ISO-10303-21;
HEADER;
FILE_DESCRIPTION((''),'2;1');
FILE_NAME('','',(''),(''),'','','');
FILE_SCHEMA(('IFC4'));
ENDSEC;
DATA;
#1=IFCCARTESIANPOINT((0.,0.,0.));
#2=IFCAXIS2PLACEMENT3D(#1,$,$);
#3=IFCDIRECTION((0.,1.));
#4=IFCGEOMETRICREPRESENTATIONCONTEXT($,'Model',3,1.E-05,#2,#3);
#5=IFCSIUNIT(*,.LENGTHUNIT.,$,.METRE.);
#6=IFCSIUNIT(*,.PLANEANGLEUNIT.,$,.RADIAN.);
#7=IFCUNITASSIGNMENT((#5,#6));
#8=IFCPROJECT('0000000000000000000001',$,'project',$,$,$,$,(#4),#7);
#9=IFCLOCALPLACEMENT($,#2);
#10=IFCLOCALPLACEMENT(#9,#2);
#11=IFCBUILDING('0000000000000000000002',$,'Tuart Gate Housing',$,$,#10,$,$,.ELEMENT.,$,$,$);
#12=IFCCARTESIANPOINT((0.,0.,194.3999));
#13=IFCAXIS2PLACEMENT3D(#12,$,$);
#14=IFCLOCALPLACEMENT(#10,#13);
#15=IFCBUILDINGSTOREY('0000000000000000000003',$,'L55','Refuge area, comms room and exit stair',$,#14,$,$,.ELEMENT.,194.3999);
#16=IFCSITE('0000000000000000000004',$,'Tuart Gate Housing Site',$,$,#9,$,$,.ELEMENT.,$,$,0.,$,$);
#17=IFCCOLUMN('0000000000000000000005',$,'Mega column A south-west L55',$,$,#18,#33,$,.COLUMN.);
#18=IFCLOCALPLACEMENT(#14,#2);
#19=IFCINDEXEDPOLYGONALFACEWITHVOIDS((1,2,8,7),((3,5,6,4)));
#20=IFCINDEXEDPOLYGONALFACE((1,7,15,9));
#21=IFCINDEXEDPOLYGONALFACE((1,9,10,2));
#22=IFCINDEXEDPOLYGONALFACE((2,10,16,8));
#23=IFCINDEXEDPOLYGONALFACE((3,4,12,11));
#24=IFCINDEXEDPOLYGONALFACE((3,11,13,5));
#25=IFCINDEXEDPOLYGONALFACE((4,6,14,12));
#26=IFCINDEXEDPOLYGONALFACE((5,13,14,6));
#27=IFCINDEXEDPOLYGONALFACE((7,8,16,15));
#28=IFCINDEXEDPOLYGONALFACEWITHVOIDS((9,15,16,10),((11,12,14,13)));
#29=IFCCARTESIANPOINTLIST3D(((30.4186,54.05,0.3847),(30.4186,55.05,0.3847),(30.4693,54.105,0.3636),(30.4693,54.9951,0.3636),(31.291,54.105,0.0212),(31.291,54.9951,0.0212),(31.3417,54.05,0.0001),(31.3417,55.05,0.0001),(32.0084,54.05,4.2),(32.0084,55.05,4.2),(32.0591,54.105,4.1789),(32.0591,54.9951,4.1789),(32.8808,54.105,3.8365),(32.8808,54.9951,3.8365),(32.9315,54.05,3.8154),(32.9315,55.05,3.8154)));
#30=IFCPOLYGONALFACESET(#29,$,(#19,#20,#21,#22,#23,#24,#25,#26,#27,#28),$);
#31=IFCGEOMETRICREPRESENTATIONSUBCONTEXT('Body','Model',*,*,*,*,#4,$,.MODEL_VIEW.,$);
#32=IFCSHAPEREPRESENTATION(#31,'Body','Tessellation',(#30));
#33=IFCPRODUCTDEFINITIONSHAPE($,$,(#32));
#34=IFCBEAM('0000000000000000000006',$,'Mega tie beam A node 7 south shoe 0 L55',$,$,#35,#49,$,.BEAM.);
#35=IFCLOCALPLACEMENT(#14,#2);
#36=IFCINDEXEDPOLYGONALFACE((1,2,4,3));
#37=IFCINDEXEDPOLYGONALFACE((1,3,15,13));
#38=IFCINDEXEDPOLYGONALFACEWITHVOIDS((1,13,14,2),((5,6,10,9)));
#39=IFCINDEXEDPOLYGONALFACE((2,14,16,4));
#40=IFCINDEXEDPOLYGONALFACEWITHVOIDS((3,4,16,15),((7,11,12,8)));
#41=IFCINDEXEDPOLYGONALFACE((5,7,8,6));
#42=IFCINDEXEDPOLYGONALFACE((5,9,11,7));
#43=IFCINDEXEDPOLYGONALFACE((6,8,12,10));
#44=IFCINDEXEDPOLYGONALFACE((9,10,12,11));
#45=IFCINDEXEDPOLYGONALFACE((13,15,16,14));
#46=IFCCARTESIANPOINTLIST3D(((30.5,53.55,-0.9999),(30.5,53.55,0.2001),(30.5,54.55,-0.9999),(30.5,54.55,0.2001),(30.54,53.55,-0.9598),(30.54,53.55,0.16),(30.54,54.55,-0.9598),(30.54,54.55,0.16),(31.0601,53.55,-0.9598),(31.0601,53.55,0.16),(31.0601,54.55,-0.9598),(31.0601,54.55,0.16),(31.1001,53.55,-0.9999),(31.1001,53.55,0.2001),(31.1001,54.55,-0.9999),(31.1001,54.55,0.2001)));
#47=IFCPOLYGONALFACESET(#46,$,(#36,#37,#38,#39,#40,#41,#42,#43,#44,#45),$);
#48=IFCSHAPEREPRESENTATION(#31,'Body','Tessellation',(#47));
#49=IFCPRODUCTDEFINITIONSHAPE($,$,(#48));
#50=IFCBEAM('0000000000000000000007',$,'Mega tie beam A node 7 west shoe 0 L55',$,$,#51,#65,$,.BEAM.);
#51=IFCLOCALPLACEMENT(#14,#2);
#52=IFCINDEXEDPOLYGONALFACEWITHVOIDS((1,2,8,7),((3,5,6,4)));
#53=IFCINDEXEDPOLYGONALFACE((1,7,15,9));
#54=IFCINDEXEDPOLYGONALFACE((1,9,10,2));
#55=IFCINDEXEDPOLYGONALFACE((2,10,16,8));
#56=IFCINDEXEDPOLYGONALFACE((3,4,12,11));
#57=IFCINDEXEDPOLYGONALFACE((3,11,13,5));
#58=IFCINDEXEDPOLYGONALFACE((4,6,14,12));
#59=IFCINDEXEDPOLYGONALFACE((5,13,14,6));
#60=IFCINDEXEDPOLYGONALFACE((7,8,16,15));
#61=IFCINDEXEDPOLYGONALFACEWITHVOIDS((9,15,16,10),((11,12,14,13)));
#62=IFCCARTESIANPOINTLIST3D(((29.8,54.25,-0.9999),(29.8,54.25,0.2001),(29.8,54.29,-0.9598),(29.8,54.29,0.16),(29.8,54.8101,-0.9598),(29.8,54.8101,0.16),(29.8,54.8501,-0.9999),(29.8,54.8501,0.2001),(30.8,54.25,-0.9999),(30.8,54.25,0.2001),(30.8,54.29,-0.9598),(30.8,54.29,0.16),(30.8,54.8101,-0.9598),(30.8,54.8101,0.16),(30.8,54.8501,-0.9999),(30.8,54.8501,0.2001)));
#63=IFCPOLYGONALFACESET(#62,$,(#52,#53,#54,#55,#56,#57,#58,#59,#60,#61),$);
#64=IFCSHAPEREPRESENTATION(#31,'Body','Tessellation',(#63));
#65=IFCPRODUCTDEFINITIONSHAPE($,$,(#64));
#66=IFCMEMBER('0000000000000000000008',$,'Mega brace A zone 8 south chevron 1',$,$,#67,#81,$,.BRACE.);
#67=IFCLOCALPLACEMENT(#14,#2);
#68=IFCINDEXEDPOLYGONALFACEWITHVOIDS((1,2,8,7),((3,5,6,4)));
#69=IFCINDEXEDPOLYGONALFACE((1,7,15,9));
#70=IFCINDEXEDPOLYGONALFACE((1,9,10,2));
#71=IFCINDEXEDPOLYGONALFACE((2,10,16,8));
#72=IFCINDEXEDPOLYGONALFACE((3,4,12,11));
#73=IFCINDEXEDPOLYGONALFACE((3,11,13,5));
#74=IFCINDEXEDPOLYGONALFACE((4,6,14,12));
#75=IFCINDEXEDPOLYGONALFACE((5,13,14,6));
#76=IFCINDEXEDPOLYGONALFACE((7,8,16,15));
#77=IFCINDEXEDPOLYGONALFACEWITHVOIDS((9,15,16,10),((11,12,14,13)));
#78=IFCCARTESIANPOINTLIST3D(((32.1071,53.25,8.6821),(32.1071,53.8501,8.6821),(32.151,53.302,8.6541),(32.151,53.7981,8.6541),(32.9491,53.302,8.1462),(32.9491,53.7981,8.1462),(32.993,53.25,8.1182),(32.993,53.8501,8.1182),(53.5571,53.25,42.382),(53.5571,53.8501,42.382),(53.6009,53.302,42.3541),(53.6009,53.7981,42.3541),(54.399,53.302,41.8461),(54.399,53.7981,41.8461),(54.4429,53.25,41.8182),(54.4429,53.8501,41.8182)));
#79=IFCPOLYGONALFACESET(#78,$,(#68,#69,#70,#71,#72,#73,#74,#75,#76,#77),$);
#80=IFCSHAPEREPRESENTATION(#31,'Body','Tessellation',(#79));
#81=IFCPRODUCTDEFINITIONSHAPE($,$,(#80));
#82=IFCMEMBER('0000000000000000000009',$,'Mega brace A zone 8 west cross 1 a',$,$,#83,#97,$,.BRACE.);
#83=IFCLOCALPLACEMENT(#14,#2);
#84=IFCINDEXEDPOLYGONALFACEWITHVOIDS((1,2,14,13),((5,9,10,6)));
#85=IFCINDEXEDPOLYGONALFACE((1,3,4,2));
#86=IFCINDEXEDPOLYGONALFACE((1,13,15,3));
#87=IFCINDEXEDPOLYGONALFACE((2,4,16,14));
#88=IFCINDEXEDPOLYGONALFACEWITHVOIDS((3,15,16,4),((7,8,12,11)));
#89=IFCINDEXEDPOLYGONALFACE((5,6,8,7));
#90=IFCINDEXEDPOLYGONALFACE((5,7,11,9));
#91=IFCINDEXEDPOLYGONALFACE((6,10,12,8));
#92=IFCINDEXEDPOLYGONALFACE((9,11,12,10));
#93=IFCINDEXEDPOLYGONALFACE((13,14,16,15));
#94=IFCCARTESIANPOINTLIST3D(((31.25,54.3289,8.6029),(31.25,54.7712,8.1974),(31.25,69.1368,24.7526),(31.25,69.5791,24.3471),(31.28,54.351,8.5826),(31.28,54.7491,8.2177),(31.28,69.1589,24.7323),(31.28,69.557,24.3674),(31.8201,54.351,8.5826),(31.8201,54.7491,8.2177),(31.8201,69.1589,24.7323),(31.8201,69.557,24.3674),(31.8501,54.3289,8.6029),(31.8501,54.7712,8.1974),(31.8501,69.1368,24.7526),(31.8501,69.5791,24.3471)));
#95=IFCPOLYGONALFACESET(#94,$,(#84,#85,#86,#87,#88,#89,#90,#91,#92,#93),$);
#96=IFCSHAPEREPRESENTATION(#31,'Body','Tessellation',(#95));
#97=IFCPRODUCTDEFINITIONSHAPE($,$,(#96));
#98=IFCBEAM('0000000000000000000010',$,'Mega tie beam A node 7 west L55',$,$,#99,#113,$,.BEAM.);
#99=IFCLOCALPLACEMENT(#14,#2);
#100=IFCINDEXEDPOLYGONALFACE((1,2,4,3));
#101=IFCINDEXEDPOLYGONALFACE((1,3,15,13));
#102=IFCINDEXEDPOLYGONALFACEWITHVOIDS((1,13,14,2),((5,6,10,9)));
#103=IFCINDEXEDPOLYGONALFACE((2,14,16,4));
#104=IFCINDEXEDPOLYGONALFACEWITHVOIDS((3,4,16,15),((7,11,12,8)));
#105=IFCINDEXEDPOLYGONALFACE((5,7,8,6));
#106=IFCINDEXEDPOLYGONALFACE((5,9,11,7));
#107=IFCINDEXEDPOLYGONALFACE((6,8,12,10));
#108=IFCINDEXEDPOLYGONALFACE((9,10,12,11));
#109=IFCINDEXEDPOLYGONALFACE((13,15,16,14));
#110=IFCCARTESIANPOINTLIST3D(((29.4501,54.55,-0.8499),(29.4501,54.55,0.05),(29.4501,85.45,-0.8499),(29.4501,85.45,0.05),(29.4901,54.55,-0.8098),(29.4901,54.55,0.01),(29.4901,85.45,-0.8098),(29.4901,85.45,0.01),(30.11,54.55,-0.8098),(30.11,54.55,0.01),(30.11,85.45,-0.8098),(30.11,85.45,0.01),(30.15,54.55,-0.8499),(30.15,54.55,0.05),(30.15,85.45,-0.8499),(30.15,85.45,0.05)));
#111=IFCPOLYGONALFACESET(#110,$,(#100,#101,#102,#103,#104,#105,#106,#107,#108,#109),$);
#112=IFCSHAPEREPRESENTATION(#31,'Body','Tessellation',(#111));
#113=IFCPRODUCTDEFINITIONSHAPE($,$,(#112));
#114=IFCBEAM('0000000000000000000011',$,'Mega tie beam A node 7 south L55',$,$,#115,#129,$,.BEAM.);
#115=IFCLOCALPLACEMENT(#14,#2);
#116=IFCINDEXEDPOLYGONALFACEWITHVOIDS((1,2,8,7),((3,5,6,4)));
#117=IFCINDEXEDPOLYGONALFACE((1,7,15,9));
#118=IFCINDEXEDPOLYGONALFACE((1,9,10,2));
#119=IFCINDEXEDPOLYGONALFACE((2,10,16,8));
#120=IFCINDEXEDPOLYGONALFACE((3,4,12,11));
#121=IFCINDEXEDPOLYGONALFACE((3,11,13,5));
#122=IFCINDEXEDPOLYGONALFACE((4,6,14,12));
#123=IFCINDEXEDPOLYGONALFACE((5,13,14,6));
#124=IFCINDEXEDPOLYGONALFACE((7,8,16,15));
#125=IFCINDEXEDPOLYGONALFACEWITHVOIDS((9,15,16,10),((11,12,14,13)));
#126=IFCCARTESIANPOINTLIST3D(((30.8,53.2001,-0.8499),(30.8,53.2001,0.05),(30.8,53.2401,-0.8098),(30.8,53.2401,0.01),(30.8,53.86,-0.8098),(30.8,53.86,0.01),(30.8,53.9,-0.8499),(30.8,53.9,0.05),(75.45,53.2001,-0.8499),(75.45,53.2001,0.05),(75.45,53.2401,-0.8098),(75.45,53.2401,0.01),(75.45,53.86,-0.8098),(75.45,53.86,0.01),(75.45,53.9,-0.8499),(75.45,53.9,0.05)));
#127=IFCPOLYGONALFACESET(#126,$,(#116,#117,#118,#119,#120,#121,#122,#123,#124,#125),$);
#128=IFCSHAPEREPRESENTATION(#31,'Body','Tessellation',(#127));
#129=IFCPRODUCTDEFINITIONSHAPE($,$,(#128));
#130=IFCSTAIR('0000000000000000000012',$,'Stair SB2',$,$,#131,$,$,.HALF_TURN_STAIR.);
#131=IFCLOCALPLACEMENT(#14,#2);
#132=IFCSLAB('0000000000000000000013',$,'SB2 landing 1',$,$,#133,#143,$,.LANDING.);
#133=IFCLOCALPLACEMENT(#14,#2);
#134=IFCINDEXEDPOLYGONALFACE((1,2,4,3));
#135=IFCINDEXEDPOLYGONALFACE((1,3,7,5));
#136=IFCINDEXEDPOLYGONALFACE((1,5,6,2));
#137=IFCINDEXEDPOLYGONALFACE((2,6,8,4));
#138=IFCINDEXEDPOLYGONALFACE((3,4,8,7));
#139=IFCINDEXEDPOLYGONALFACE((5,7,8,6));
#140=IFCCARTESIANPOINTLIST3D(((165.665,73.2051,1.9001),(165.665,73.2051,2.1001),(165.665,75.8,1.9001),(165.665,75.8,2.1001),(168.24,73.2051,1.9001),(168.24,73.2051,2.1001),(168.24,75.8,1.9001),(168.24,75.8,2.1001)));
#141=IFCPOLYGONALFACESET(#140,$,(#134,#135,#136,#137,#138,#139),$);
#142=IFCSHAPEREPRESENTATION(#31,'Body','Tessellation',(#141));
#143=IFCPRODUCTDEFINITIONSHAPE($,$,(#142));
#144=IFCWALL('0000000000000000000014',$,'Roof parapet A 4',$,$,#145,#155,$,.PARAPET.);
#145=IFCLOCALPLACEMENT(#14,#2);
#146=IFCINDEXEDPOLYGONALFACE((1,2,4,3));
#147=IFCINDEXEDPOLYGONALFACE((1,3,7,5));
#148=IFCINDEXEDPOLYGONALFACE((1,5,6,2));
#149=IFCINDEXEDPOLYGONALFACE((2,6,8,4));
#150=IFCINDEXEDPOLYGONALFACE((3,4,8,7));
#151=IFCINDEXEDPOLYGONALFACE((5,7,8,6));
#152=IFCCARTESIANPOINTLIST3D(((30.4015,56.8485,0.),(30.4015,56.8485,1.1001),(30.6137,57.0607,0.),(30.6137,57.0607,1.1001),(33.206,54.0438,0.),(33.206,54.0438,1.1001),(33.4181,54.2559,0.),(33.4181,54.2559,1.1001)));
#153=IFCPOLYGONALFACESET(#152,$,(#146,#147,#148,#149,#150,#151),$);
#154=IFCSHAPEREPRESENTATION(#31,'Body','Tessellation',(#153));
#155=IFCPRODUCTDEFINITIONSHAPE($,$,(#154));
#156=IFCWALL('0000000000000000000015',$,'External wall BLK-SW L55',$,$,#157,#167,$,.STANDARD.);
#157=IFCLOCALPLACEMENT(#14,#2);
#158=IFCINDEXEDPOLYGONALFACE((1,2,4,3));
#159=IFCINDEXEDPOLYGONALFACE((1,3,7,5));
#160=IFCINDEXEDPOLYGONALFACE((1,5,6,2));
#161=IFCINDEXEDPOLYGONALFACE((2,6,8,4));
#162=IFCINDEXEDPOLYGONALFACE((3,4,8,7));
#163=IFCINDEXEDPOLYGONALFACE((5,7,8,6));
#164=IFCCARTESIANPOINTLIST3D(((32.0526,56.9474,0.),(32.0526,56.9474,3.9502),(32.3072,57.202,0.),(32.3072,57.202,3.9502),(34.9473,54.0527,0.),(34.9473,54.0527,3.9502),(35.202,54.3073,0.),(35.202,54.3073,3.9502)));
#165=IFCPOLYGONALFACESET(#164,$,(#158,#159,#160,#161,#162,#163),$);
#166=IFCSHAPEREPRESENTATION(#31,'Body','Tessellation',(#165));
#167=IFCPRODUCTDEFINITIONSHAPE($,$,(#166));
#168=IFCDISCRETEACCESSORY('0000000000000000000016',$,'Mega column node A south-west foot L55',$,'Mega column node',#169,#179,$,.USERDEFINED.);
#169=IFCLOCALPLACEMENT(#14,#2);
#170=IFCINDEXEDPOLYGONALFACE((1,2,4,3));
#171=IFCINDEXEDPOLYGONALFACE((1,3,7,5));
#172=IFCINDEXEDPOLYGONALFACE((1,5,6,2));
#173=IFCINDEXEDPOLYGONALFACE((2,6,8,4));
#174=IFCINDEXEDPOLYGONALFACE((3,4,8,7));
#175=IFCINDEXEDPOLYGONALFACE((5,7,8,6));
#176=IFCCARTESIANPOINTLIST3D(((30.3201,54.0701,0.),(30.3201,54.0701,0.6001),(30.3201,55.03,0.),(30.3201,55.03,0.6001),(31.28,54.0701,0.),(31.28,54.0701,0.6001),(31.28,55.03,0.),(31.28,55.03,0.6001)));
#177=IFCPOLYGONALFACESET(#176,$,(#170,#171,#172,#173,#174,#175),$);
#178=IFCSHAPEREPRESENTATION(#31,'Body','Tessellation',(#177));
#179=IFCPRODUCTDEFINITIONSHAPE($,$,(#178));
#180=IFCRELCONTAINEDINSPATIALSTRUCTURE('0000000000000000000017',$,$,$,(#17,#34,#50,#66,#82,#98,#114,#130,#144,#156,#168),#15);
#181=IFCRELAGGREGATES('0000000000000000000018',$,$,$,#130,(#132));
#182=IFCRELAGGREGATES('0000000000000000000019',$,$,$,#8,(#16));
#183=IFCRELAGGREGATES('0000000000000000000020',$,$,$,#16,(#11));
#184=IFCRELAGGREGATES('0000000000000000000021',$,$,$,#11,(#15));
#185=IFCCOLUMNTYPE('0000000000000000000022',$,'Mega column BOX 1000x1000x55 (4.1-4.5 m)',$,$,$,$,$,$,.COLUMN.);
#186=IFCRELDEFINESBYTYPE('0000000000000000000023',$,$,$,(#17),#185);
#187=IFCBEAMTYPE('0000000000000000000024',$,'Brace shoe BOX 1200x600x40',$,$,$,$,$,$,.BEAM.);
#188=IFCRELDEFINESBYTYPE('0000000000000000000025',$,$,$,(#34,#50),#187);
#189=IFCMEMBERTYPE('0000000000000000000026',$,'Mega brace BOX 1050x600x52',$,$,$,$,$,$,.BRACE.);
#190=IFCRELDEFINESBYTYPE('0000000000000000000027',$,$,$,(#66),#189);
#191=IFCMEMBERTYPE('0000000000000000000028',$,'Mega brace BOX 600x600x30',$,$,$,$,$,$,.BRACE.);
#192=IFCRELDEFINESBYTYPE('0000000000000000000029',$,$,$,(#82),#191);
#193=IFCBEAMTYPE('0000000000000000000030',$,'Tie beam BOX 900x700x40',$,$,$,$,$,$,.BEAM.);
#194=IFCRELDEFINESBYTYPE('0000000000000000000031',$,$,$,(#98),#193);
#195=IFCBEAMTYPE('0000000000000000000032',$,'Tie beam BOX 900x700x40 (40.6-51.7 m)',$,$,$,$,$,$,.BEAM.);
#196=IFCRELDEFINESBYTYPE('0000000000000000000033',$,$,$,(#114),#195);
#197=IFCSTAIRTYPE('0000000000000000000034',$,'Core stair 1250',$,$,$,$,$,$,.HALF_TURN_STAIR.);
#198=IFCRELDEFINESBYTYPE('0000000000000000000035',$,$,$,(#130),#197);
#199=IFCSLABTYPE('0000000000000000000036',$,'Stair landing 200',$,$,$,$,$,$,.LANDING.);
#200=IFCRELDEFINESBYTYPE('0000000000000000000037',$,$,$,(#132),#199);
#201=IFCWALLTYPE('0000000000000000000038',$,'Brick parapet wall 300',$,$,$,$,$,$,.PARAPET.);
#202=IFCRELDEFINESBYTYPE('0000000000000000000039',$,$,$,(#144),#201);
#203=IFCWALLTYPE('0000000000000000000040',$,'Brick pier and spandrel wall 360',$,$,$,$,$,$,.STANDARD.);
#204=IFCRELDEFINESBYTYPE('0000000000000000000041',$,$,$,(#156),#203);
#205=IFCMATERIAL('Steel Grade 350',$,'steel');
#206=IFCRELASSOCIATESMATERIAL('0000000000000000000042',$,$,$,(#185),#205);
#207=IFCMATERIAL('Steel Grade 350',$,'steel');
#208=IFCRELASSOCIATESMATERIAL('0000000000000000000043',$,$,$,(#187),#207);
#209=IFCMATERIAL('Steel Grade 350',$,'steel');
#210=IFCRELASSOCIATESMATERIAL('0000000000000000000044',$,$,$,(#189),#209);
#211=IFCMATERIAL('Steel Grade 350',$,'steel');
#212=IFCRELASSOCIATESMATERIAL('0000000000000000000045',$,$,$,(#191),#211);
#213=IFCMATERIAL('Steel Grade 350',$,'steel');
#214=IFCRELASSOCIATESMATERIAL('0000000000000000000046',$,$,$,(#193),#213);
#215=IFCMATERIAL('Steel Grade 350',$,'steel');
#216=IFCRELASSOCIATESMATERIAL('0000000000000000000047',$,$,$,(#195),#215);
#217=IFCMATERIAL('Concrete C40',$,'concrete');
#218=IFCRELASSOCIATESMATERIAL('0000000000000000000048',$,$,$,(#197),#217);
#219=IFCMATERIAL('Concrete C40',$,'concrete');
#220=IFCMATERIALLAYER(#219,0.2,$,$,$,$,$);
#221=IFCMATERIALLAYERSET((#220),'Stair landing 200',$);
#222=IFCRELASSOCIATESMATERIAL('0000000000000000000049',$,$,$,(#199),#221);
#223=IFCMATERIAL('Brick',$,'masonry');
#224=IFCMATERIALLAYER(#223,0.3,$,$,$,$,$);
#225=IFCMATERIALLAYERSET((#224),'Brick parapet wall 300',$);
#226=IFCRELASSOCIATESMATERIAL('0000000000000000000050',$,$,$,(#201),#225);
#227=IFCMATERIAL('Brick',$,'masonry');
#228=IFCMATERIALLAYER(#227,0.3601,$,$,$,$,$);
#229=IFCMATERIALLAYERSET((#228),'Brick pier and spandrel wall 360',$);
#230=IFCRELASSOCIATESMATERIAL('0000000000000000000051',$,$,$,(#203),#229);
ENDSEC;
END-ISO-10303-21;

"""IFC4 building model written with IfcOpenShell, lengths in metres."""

from ifc_helpers import new_model, si_unit, direction, frame, frame_2d, origin, origin_2d, place, context, subcontext, project, spatial, polyline, rectangle, hollow_rectangle, outline, extrude, material, layer, layer_set, material_profile, profile_set, type_object, element, aggregate, save


model = new_model("IFC4")

# Units and contexts
model_context = context("Model", 3, precision=1e-05, world=origin(), true_north=direction((0.0, 1.0)))
body_context = subcontext(model_context, "Body", "Model", "MODEL_VIEW")
ifc_project = project(units=[si_unit("LENGTHUNIT", "METRE"), si_unit("PLANEANGLEUNIT", "RADIAN")], contexts=[model_context])

# Site, building, storey
site_placement = place(None, origin())
site = spatial("IfcSite", under=ifc_project, at=site_placement, Name="Tuart Gate Housing Site", CompositionType="ELEMENT", RefElevation=0.0)
building_placement = place(site_placement, origin())
building = spatial("IfcBuilding", under=site, at=building_placement, Name="Tuart Gate Housing", CompositionType="ELEMENT")
storey_placement = place(building_placement, frame((0.0, 0.0, 194.3999)))
storey = spatial("IfcBuildingStorey", under=building, at=storey_placement, Name="L55", Description="Refuge area, comms room and exit stair", CompositionType="ELEMENT", Elevation=194.3999)

# Column
ifc_material_1 = material(Name="Steel Grade 350", Category="steel")
ifc_material_profile_1 = material_profile(ifc_material_1, hollow_rectangle(XDim=1.0, YDim=1.0, WallThickness=0.0549, at=origin_2d()), Name="BOX 1000x1000x55")
ifc_profile_set_1 = profile_set([ifc_material_profile_1], Name="Steel Grade 350")
column_type = type_object("IfcColumnType", Name="Mega column BOX 1000x1000x55 (4.1-4.5 m)", PredefinedType="COLUMN", material=ifc_profile_set_1)
column_placement = place(storey_placement, frame((30.8801, 54.55, 0.1924), z_axis=(0.384632, 0.0, 0.92307), x_axis=(0.0, 1.0, 0.0)))
element("IfcColumn", 1, at=column_placement, inside=storey, type_object=column_type, Name="Mega column A south-west L55", PredefinedType="COLUMN", context=body_context, shape_type="SweptSolid", body=[
    extrude(hollow_rectangle(XDim=1.0, YDim=1.0, WallThickness=0.0549, at=origin_2d()), origin(), (0.0, 0.0, 1.0), 4.1333),
])

# Beams
ifc_material_2 = material(Name="Steel Grade 350", Category="steel")
ifc_material_profile_2 = material_profile(ifc_material_2, hollow_rectangle(XDim=0.6001, YDim=1.2, WallThickness=0.04, at=origin_2d()), Name="BOX 1200x600x40")
ifc_profile_set_2 = profile_set([ifc_material_profile_2], Name="Steel Grade 350")
beam_type_1 = type_object("IfcBeamType", Name="Brace shoe BOX 1200x600x40", PredefinedType="BEAM", material=ifc_profile_set_2)
for number, where, z_axis, x_axis, name in (
    (2, (30.8, 54.55, -0.3999), (0.0, -1.0, 0.0), (1.0, 0.0, 0.0), "Mega tie beam A node 7 south shoe 0 L55"),
    (3, (30.8, 54.55, -0.3999), (-1.0, 0.0, 0.0), (0.0, -1.0, 0.0), "Mega tie beam A node 7 west shoe 0 L55"),
):
    element("IfcBeam", number, at=place(storey_placement, frame(where, z_axis=z_axis, x_axis=x_axis)), inside=storey, type_object=beam_type_1, Name=name, PredefinedType="BEAM", context=body_context, shape_type="SweptSolid", body=[
        extrude(hollow_rectangle(XDim=0.6001, YDim=1.2, WallThickness=0.04, at=origin_2d()), origin(), (0.0, 0.0, 1.0), 1.0),
    ])

# Members
ifc_material_3 = material(Name="Steel Grade 350", Category="steel")
ifc_material_profile_3 = material_profile(ifc_material_3, hollow_rectangle(XDim=0.6001, YDim=1.05, WallThickness=0.052, at=origin_2d()), Name="BOX 1050x600x52")
ifc_profile_set_3 = profile_set([ifc_material_profile_3], Name="Steel Grade 350")
member_type_1 = type_object("IfcMemberType", Name="Mega brace BOX 1050x600x52", PredefinedType="BRACE", material=ifc_profile_set_3)
member_1_placement = place(storey_placement, frame((32.55, 53.55, 8.4001), z_axis=(0.536956, 0.0, 0.84361), x_axis=(0.0, 1.0, 0.0)))
element("IfcMember", 4, at=member_1_placement, inside=storey, type_object=member_type_1, Name="Mega brace A zone 8 south chevron 1", PredefinedType="BRACE", context=body_context, shape_type="SweptSolid", body=[
    extrude(hollow_rectangle(XDim=0.6001, YDim=1.05, WallThickness=0.052, at=origin_2d()), origin(), (0.0, 0.0, 1.0), 39.9473),
])
ifc_material_4 = material(Name="Steel Grade 350", Category="steel")
ifc_material_profile_4 = material_profile(ifc_material_4, hollow_rectangle(XDim=0.6001, YDim=0.6001, WallThickness=0.03, at=origin_2d()), Name="BOX 600x600x30")
ifc_profile_set_4 = profile_set([ifc_material_profile_4], Name="Steel Grade 350")
member_type_2 = type_object("IfcMemberType", Name="Mega brace BOX 600x600x30", PredefinedType="BRACE", material=ifc_profile_set_4)
member_2_placement = place(storey_placement, frame((31.55, 54.55, 8.4001), z_axis=(0.0, 0.675824, 0.737063), x_axis=(-1.0, 0.0, 0.0)))
element("IfcMember", 5, at=member_2_placement, inside=storey, type_object=member_type_2, Name="Mega brace A zone 8 west cross 1 a", PredefinedType="BRACE", context=body_context, shape_type="SweptSolid", body=[
    extrude(hollow_rectangle(XDim=0.6001, YDim=0.6001, WallThickness=0.03, at=origin_2d()), origin(), (0.0, 0.0, 1.0), 21.9109),
])

# Beams
ifc_material_5 = material(Name="Steel Grade 350", Category="steel")
ifc_material_profile_5 = material_profile(ifc_material_5, hollow_rectangle(XDim=0.7, YDim=0.8999, WallThickness=0.04, at=origin_2d()), Name="BOX 900x700x40")
ifc_profile_set_5 = profile_set([ifc_material_profile_5], Name="Steel Grade 350")
beam_type_2 = type_object("IfcBeamType", Name="Tie beam BOX 900x700x40", PredefinedType="BEAM", material=ifc_profile_set_5)
beam_1_placement = place(storey_placement, frame((29.8, 54.55, -0.3999), z_axis=(0.0, 1.0, 0.0), x_axis=(-1.0, 0.0, 0.0)))
element("IfcBeam", 6, at=beam_1_placement, inside=storey, type_object=beam_type_2, Name="Mega tie beam A node 7 west L55", PredefinedType="BEAM", context=body_context, shape_type="SweptSolid", body=[
    extrude(hollow_rectangle(XDim=0.7, YDim=0.8999, WallThickness=0.04, at=origin_2d()), origin(), (0.0, 0.0, 1.0), 30.8999),
])
ifc_material_6 = material(Name="Steel Grade 350", Category="steel")
ifc_material_profile_6 = material_profile(ifc_material_6, hollow_rectangle(XDim=0.7, YDim=0.8999, WallThickness=0.04, at=origin_2d()), Name="BOX 900x700x40")
ifc_profile_set_6 = profile_set([ifc_material_profile_6], Name="Steel Grade 350")
beam_type_3 = type_object("IfcBeamType", Name="Tie beam BOX 900x700x40 (40.6-51.7 m)", PredefinedType="BEAM", material=ifc_profile_set_6)
beam_2_placement = place(storey_placement, frame((30.8, 53.55, -0.3999), z_axis=(1.0, 0.0, 0.0), x_axis=(0.0, 1.0, 0.0)))
element("IfcBeam", 7, at=beam_2_placement, inside=storey, type_object=beam_type_3, Name="Mega tie beam A node 7 south L55", PredefinedType="BEAM", context=body_context, shape_type="SweptSolid", body=[
    extrude(hollow_rectangle(XDim=0.7, YDim=0.8999, WallThickness=0.04, at=origin_2d()), origin(), (0.0, 0.0, 1.0), 44.6499),
])

# Stair, slab
ifc_material_7 = material(Name="Concrete C40", Category="concrete")
stair_type = type_object("IfcStairType", Name="Core stair 1250", PredefinedType="HALF_TURN_STAIR", material=ifc_material_7)
stair_placement = place(storey_placement, origin())
stair = element("IfcStair", 8, at=stair_placement, inside=storey, type_object=stair_type, Name="Stair SB2", PredefinedType="HALF_TURN_STAIR")
ifc_material_8 = material(Name="Concrete C40", Category="concrete")
ifc_layer_1 = layer(ifc_material_8, 0.2)
ifc_layer_set_1 = layer_set([ifc_layer_1], Name="Stair landing 200")
slab_type = type_object("IfcSlabType", Name="Stair landing 200", PredefinedType="LANDING", material=ifc_layer_set_1)
slab_placement = place(storey_placement, frame((0.0, 0.0, 1.9001)))
slab = element("IfcSlab", 9, at=slab_placement, type_object=slab_type, Name="SB2 landing 1", PredefinedType="LANDING", context=body_context, shape_type="SweptSolid", body=[
    extrude(outline(polyline([(165.665, 73.2051), (168.24, 73.2051), (168.24, 75.8), (165.665, 75.8), (165.665, 73.2051)])), origin(), (0.0, 0.0, 1.0), 0.2),
])
aggregate(stair, [slab])

# Walls
ifc_material_9 = material(Name="Brick", Category="masonry")
ifc_layer_2 = layer(ifc_material_9, 0.3)
ifc_layer_set_2 = layer_set([ifc_layer_2], Name="Brick parapet wall 300")
wall_type_1 = type_object("IfcWallType", Name="Brick parapet wall 300", PredefinedType="PARAPET", material=ifc_layer_set_2)
wall_1_placement = place(storey_placement, frame((30.5076, 56.9546, 0.0), z_axis=(0.0, 0.0, 1.0), x_axis=(0.707076, -0.707138, 0.0)))
element("IfcWall", 10, at=wall_1_placement, inside=storey, type_object=wall_type_1, Name="Roof parapet A 4", PredefinedType="PARAPET", context=body_context, shape_type="SweptSolid", body=[
    extrude(rectangle(XDim=3.9663, YDim=0.3, at=frame_2d((1.9832, 0.0))), origin(), (0.0, 0.0, 1.0), 1.1001),
])
ifc_material_10 = material(Name="Brick", Category="masonry")
ifc_layer_3 = layer(ifc_material_10, 0.3601)
ifc_layer_set_3 = layer_set([ifc_layer_3], Name="Brick pier and spandrel wall 360")
wall_type_2 = type_object("IfcWallType", Name="Brick pier and spandrel wall 360", PredefinedType="STANDARD", material=ifc_layer_set_3)
wall_2_placement = place(storey_placement, frame((32.1799, 57.0747, 0.0), z_axis=(0.0, 0.0, 1.0), x_axis=(0.707107, -0.707107, 0.0)))
element("IfcWall", 11, at=wall_2_placement, inside=storey, type_object=wall_type_2, Name="External wall BLK-SW L55", PredefinedType="STANDARD", context=body_context, shape_type="SweptSolid", body=[
    extrude(rectangle(XDim=4.0938, YDim=0.3601, at=frame_2d((2.0469, 0.0))), origin(), (0.0, 0.0, 1.0), 3.9502),
])

# Discrete accessory
discrete_accessory_placement = place(storey_placement, frame((30.8, 54.55, 0.0), z_axis=(0.0, 0.0, 1.0), x_axis=(1.0, 0.0, 0.0)))
element("IfcDiscreteAccessory", 12, at=discrete_accessory_placement, inside=storey, Name="Mega column node A south-west foot L55", ObjectType="Mega column node", PredefinedType="USERDEFINED", context=body_context, shape_type="SweptSolid", body=[
    extrude(rectangle(XDim=0.96, YDim=0.96, at=origin_2d()), origin(), (0.0, 0.0, 1.0), 0.6001),
])

save(model, "model.ifc")
